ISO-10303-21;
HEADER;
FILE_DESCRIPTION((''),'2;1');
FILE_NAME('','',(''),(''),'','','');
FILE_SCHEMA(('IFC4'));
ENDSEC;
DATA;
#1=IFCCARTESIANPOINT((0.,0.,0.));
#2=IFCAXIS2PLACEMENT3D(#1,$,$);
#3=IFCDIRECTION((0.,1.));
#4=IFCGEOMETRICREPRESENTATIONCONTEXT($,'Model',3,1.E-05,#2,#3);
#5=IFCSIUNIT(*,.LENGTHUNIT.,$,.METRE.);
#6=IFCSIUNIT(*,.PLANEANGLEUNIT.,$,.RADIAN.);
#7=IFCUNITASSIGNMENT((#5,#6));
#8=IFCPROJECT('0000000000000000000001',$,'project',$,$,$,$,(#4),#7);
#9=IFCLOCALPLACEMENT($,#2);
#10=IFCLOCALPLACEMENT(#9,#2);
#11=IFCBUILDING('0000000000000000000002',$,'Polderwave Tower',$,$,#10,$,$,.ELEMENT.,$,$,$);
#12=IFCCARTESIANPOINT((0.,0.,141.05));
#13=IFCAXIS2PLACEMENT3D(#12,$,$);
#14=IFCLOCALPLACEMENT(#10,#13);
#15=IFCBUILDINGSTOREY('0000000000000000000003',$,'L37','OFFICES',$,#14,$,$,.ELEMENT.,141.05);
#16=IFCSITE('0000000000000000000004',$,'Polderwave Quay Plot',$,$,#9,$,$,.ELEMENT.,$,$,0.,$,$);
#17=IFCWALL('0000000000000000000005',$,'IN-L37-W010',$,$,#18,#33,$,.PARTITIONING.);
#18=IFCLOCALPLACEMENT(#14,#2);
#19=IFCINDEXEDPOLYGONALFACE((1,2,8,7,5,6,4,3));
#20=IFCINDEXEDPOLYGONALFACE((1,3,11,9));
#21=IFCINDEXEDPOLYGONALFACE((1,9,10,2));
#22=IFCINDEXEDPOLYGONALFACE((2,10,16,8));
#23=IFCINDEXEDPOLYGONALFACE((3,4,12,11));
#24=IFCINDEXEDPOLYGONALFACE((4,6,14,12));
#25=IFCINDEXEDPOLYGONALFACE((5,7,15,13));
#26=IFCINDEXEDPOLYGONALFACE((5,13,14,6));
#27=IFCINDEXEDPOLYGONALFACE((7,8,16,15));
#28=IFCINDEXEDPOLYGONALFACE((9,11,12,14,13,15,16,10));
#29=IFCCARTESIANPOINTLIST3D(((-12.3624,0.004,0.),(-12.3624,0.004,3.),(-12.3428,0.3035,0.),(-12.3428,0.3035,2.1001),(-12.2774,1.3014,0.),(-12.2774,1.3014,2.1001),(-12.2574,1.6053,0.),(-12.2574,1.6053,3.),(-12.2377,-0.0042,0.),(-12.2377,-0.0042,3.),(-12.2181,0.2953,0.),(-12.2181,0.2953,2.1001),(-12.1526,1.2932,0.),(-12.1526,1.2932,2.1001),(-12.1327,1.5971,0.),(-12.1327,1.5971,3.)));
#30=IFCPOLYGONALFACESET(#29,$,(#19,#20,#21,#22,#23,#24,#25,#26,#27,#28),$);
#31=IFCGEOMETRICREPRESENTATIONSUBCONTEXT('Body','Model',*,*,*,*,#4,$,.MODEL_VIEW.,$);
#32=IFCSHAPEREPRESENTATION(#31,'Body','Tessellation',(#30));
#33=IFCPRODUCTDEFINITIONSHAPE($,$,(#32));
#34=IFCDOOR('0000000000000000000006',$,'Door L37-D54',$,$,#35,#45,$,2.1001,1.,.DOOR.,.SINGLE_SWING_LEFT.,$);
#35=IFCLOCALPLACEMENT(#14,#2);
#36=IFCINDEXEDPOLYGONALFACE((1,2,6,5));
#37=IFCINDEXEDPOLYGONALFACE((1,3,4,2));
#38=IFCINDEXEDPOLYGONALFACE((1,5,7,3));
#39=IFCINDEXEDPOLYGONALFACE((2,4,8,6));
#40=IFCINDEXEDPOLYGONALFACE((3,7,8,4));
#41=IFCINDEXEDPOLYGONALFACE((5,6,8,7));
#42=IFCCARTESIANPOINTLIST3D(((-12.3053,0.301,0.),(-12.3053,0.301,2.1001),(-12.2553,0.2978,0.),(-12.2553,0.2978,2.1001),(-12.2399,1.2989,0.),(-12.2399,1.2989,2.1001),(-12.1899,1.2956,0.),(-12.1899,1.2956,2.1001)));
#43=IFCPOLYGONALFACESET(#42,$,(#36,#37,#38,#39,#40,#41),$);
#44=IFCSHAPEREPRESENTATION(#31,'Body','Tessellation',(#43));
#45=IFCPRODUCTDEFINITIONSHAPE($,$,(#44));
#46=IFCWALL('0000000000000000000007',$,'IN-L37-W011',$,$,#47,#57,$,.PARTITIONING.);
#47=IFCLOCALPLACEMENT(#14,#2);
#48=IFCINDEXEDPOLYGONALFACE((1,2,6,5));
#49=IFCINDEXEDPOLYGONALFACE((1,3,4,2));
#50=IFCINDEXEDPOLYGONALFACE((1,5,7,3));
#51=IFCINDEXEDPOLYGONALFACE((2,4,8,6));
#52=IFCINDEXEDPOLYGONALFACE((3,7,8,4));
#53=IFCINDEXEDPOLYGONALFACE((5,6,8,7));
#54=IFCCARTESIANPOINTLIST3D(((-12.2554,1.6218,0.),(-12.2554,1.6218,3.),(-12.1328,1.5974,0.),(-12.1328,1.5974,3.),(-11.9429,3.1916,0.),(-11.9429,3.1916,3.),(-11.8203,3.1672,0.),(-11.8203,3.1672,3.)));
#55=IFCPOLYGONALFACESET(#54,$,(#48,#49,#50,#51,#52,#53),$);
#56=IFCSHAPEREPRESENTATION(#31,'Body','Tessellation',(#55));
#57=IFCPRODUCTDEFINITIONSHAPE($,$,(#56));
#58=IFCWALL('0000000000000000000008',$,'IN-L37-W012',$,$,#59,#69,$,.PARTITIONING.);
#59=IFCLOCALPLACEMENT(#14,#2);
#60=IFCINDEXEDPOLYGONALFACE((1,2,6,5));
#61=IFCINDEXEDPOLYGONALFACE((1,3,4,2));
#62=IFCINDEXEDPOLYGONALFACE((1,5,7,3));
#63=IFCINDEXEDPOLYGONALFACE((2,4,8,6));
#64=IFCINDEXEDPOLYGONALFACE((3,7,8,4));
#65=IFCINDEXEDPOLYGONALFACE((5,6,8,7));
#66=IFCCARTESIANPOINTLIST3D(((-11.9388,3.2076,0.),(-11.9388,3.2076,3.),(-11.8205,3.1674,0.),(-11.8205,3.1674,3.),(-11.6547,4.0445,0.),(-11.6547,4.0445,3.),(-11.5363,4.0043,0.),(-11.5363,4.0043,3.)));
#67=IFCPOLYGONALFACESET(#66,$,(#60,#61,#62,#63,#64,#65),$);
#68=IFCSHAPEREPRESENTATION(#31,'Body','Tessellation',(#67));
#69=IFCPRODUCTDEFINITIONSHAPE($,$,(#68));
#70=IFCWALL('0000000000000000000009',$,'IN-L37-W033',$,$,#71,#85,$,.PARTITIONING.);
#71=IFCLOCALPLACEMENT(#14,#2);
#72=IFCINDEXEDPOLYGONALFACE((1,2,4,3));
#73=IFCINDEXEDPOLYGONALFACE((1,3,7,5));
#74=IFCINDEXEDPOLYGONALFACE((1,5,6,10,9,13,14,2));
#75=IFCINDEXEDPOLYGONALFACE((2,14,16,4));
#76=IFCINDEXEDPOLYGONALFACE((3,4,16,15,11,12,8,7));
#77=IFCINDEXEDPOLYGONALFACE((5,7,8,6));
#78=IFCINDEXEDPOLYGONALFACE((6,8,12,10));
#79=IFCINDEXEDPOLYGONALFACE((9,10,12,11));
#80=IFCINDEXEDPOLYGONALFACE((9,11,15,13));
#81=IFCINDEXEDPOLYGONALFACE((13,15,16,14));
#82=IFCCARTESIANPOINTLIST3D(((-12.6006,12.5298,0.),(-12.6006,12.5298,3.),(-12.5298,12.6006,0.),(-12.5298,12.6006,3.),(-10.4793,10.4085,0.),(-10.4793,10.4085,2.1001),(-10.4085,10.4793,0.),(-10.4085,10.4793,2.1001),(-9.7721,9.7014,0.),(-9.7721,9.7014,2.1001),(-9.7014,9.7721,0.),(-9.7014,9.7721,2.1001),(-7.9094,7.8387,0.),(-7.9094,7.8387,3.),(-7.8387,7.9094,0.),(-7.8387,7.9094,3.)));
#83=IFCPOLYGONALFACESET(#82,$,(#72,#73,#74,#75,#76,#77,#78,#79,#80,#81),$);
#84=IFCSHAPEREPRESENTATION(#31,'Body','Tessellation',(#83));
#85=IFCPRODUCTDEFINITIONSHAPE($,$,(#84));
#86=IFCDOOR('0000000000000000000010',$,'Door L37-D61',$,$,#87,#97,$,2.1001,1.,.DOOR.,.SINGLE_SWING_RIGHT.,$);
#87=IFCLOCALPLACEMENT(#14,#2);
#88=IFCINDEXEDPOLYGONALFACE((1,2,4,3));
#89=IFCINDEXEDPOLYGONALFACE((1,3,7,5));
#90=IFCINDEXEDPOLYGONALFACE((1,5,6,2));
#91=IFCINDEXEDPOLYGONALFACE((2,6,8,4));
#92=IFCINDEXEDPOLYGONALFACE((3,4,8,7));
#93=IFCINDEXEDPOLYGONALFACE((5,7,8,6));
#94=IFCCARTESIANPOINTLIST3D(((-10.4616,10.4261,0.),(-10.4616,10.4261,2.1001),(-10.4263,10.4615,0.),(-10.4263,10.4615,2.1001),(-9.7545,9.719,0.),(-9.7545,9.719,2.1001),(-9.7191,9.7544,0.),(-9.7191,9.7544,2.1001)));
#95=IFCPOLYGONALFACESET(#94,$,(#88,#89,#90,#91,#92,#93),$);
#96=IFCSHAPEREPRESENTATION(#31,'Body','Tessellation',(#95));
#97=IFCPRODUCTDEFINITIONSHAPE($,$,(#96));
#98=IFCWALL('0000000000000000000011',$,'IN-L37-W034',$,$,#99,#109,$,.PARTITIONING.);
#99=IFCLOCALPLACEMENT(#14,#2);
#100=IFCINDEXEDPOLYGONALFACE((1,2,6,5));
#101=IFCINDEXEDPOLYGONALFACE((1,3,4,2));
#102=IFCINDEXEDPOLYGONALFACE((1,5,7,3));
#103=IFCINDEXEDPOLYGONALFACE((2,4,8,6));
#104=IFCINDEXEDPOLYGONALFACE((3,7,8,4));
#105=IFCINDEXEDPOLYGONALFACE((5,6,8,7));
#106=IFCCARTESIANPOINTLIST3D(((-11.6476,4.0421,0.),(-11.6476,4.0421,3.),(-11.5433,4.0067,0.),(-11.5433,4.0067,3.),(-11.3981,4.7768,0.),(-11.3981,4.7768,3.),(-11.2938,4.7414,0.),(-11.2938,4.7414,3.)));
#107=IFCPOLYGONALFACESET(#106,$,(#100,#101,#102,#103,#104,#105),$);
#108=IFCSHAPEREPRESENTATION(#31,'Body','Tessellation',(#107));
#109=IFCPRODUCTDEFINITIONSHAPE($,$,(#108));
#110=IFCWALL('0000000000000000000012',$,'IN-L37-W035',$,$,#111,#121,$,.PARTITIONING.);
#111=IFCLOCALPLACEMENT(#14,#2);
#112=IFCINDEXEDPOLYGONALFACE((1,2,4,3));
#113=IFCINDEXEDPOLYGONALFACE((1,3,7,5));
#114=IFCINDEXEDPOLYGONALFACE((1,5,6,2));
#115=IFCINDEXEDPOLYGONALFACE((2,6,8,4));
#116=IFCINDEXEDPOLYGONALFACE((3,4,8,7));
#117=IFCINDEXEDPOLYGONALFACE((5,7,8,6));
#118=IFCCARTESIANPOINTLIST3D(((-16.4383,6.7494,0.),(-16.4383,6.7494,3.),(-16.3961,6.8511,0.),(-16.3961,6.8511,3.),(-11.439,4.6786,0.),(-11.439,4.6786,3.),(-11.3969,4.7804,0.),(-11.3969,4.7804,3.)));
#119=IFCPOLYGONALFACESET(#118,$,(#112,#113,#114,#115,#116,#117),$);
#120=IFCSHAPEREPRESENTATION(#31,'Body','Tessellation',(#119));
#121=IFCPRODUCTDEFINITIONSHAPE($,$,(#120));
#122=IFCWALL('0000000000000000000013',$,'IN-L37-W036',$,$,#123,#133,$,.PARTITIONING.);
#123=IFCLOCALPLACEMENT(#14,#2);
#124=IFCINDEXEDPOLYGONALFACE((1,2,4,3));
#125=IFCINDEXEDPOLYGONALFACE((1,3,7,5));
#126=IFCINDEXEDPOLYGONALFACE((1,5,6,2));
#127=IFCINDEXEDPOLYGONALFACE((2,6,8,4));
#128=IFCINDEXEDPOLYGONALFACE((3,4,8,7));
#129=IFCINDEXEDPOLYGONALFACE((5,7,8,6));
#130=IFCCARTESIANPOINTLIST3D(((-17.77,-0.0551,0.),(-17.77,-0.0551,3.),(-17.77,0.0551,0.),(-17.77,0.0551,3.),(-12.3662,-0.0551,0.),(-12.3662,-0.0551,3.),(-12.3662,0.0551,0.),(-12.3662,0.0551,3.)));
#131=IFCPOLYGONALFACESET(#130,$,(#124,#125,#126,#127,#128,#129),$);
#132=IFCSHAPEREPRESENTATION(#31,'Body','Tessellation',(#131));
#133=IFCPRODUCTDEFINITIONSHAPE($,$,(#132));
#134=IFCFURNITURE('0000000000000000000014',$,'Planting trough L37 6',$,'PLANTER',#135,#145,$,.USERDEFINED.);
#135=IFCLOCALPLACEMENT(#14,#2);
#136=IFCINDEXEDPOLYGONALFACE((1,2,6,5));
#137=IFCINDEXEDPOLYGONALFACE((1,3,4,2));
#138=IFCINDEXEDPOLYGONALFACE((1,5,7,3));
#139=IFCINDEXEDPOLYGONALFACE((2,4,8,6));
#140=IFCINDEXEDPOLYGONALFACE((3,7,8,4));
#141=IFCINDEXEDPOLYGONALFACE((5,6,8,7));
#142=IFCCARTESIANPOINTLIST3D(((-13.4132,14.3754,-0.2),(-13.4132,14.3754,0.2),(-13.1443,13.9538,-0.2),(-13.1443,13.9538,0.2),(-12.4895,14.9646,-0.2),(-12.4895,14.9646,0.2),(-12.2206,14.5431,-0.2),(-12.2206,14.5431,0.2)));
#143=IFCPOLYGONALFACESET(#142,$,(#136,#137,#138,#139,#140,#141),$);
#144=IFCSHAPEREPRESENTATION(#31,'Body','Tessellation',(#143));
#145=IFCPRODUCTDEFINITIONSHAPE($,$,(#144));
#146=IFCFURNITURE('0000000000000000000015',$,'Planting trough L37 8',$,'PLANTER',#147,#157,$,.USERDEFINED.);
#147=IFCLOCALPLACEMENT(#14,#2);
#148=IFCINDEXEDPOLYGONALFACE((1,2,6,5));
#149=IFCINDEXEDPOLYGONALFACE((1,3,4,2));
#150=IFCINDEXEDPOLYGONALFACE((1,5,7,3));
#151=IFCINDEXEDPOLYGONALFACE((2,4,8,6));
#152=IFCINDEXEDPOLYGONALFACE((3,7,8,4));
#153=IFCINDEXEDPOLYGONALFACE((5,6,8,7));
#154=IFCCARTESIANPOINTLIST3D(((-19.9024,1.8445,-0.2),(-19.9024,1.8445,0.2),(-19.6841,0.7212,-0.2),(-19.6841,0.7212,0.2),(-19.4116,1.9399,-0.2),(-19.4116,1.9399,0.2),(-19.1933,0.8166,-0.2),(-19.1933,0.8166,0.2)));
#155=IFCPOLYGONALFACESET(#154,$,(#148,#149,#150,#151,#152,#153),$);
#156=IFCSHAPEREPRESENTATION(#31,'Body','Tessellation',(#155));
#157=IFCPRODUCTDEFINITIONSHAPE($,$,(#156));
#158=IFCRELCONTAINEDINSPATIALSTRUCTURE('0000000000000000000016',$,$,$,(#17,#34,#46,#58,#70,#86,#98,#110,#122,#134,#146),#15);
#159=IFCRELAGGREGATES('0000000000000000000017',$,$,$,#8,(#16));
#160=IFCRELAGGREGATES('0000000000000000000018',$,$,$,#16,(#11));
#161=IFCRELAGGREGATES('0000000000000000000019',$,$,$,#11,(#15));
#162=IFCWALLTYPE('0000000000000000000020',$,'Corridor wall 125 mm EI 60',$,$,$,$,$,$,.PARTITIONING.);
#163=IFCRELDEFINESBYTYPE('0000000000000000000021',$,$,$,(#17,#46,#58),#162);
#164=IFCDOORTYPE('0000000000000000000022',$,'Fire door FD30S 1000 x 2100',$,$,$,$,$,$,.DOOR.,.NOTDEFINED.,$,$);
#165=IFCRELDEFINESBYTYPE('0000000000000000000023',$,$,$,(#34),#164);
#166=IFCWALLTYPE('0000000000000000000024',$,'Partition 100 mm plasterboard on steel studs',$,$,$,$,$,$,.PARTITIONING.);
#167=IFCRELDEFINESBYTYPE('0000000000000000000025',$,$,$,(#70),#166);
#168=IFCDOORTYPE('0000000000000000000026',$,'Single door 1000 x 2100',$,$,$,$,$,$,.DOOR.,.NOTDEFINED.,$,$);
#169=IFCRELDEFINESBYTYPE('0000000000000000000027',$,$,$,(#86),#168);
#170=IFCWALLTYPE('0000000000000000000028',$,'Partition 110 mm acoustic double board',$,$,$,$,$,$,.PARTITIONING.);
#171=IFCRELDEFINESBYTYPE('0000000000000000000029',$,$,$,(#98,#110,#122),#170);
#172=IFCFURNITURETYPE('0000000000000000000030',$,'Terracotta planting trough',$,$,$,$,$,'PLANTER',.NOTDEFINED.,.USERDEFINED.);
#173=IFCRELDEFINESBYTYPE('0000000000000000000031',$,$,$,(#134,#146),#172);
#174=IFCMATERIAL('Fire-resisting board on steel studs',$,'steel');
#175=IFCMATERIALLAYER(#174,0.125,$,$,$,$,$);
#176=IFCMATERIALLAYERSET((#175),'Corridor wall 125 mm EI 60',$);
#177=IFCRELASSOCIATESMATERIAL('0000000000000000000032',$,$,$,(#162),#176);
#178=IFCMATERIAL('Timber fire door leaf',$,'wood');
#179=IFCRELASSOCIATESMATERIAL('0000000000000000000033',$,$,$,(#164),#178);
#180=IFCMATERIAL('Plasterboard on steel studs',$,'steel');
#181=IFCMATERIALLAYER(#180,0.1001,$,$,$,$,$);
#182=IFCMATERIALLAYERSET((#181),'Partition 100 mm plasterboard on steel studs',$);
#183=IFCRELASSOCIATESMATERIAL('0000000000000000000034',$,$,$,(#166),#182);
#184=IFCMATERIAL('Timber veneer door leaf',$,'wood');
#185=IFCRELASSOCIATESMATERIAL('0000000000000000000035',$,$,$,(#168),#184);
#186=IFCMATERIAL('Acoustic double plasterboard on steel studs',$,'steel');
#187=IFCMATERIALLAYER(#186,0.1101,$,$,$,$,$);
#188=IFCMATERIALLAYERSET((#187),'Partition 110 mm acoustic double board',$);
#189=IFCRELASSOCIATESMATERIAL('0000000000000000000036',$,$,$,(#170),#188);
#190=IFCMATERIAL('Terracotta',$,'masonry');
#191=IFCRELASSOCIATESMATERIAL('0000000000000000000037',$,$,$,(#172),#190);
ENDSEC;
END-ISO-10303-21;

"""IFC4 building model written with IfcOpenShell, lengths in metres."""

from ifc_helpers import new_model, si_unit, direction, frame, frame_2d, origin, origin_2d, place, context, subcontext, project, spatial, rectangle, extrude, material, layer, layer_set, type_object, element, fill, save


model = new_model("IFC4")

# Units and contexts
model_context = context("Model", 3, precision=1e-05, world=origin(), true_north=direction((0.0, 1.0)))
body_context = subcontext(model_context, "Body", "Model", "MODEL_VIEW")
ifc_project = project(units=[si_unit("LENGTHUNIT", "METRE"), si_unit("PLANEANGLEUNIT", "RADIAN")], contexts=[model_context])

# Site, building, storey
site_placement = place(None, origin())
site = spatial("IfcSite", under=ifc_project, at=site_placement, Name="Polderwave Quay Plot", CompositionType="ELEMENT", RefElevation=0.0)
building_placement = place(site_placement, origin())
building = spatial("IfcBuilding", under=site, at=building_placement, Name="Polderwave Tower", CompositionType="ELEMENT")
storey_placement = place(building_placement, frame((0.0, 0.0, 141.05)))
storey = spatial("IfcBuildingStorey", under=building, at=storey_placement, Name="L37", Description="OFFICES", CompositionType="ELEMENT", Elevation=141.05)

# Wall, opening, door
ifc_material_1 = material(Name="Fire-resisting board on steel studs", Category="steel")
ifc_layer_1 = layer(ifc_material_1, 0.125)
ifc_layer_set_1 = layer_set([ifc_layer_1], Name="Corridor wall 125 mm EI 60")
wall_type_1 = type_object("IfcWallType", Name="Corridor wall 125 mm EI 60", PredefinedType="PARTITIONING", material=ifc_layer_set_1)
ifc_material_2 = material(Name="Timber fire door leaf", Category="wood")
door_type_1 = type_object("IfcDoorType", Name="Fire door FD30S 1000 x 2100", OperationType="NOTDEFINED", PredefinedType="DOOR", material=ifc_material_2)
wall_1_placement = place(storey_placement, frame((-12.3, 0.0, 0.0), z_axis=(0.0, 0.0, 1.0), x_axis=(0.065418, 0.997858, 0.0)))
wall_1 = element("IfcWall", 1, at=wall_1_placement, inside=storey, type_object=wall_type_1, Name="IN-L37-W010", PredefinedType="PARTITIONING", context=body_context, shape_type="SweptSolid", body=[
    extrude(rectangle(XDim=1.6047, YDim=0.125, at=frame_2d((0.8022, 0.0))), origin(), (0.0, 0.0, 1.0), 3.0),
])
opening_1_placement = place(wall_1_placement, frame((0.3, 0.0, 0.0)))
opening_1 = element("IfcOpeningElement", 2, at=opening_1_placement, cuts=wall_1, PredefinedType="OPENING", context=body_context, shape_type="SweptSolid", body=[
    extrude(rectangle(XDim=1.0, YDim=2.1001, at=frame_2d((0.5, 1.05))), frame((0.0, 0.0725, 0.0), z_axis=(0.0, -1.0, 0.0), x_axis=(1.0, 0.0, 0.0)), (0.0, 0.0, 1.0), 0.145),
])
door_1_placement = place(opening_1_placement, origin())
door_1 = element("IfcDoor", 3, at=door_1_placement, inside=storey, type_object=door_type_1, Name="Door L37-D54", OperationType="SINGLE_SWING_LEFT", OverallHeight=2.1001, OverallWidth=1.0, PredefinedType="DOOR", context=body_context, shape_type="SweptSolid", body=[
    extrude(rectangle(XDim=1.0, YDim=2.1001, at=frame_2d((0.5, 1.05))), frame((0.0, 0.0249, 0.0), z_axis=(0.0, -1.0, 0.0), x_axis=(1.0, 0.0, 0.0)), (0.0, 0.0, 1.0), 0.05),
])
fill(opening_1, door_1)

# Walls
wall_2_placement = place(storey_placement, frame((-12.1941, 1.6096, 0.0), z_axis=(0.0, 0.0, 1.0), x_axis=(0.195236, 0.980756, 0.0)))
element("IfcWall", 4, at=wall_2_placement, inside=storey, type_object=wall_type_1, Name="IN-L37-W011", PredefinedType="PARTITIONING", context=body_context, shape_type="SweptSolid", body=[
    extrude(rectangle(XDim=1.6006, YDim=0.125, at=frame_2d((0.8003, 0.0))), origin(), (0.0, 0.0, 1.0), 3.0),
])
wall_3_placement = place(storey_placement, frame((-11.8796, 3.1875, 0.0), z_axis=(0.0, 0.0, 1.0), x_axis=(0.321526, 0.946901, 0.0)))
element("IfcWall", 5, at=wall_3_placement, inside=storey, type_object=wall_type_1, Name="IN-L37-W012", PredefinedType="PARTITIONING", context=body_context, shape_type="SweptSolid", body=[
    extrude(rectangle(XDim=0.8838, YDim=0.125, at=frame_2d((0.4419, 0.0))), origin(), (0.0, 0.0, 1.0), 3.0),
])

# Wall, opening, door
ifc_material_3 = material(Name="Plasterboard on steel studs", Category="steel")
ifc_layer_2 = layer(ifc_material_3, 0.1001)
ifc_layer_set_2 = layer_set([ifc_layer_2], Name="Partition 100 mm plasterboard on steel studs")
wall_type_2 = type_object("IfcWallType", Name="Partition 100 mm plasterboard on steel studs", PredefinedType="PARTITIONING", material=ifc_layer_set_2)
wall_4_placement = place(storey_placement, frame((-12.5652, 12.5652, 0.0), z_axis=(0.0, 0.0, 1.0), x_axis=(0.707107, -0.707107, 0.0)))
wall_4 = element("IfcWall", 6, at=wall_4_placement, inside=storey, type_object=wall_type_2, Name="IN-L37-W033", PredefinedType="PARTITIONING", context=body_context, shape_type="SweptSolid", body=[
    extrude(rectangle(XDim=6.6343, YDim=0.1001, at=frame_2d((3.3171, 0.0))), origin(), (0.0, 0.0, 1.0), 3.0),
])
opening_2_placement = place(wall_4_placement, frame((3.0, 0.0, 0.0)))
opening_2 = element("IfcOpeningElement", 7, at=opening_2_placement, cuts=wall_4, PredefinedType="OPENING", context=body_context, shape_type="SweptSolid", body=[
    extrude(rectangle(XDim=1.0, YDim=2.1001, at=frame_2d((0.5, 1.05))), frame((0.0, 0.0601, 0.0), z_axis=(0.0, -1.0, 0.0), x_axis=(1.0, 0.0, 0.0)), (0.0, 0.0, 1.0), 0.1201),
])
ifc_material_4 = material(Name="Timber veneer door leaf", Category="wood")
door_type_2 = type_object("IfcDoorType", Name="Single door 1000 x 2100", OperationType="NOTDEFINED", PredefinedType="DOOR", material=ifc_material_4)
door_2_placement = place(opening_2_placement, origin())
door_2 = element("IfcDoor", 8, at=door_2_placement, inside=storey, type_object=door_type_2, Name="Door L37-D61", OperationType="SINGLE_SWING_RIGHT", OverallHeight=2.1001, OverallWidth=1.0, PredefinedType="DOOR", context=body_context, shape_type="SweptSolid", body=[
    extrude(rectangle(XDim=1.0, YDim=2.1001, at=frame_2d((0.5, 1.05))), frame((0.0, 0.0249, 0.0), z_axis=(0.0, -1.0, 0.0), x_axis=(1.0, 0.0, 0.0)), (0.0, 0.0, 1.0), 0.05),
])
fill(opening_2, door_2)

# Walls
ifc_material_5 = material(Name="Acoustic double plasterboard on steel studs", Category="steel")
ifc_layer_3 = layer(ifc_material_5, 0.1101)
ifc_layer_set_3 = layer_set([ifc_layer_3], Name="Partition 110 mm acoustic double board")
wall_type_3 = type_object("IfcWallType", Name="Partition 110 mm acoustic double board", PredefinedType="PARTITIONING", material=ifc_layer_set_3)
wall_5_placement = place(storey_placement, frame((-11.5955, 4.0244, 0.0), z_axis=(0.0, 0.0, 1.0), x_axis=(0.321604, 0.946874, 0.0)))
element("IfcWall", 9, at=wall_5_placement, inside=storey, type_object=wall_type_3, Name="IN-L37-W034", PredefinedType="PARTITIONING", context=body_context, shape_type="SweptSolid", body=[
    extrude(rectangle(XDim=0.7759, YDim=0.1101, at=frame_2d((0.3879, 0.0))), origin(), (0.0, 0.0, 1.0), 3.0),
])
wall_6_placement = place(storey_placement, frame((-11.418, 4.7295, 0.0), z_axis=(0.0, 0.0, 1.0), x_axis=(-0.923877, 0.382689, 0.0)))
element("IfcWall", 10, at=wall_6_placement, inside=storey, type_object=wall_type_3, Name="IN-L37-W035", PredefinedType="PARTITIONING", context=body_context, shape_type="SweptSolid", body=[
    extrude(rectangle(XDim=5.4111, YDim=0.1101, at=frame_2d((2.7056, 0.0))), origin(), (0.0, 0.0, 1.0), 3.0),
])
wall_7_placement = place(storey_placement, frame((-12.3662, 0.0, 0.0), z_axis=(0.0, 0.0, 1.0), x_axis=(-1.0, 0.0, 0.0)))
element("IfcWall", 11, at=wall_7_placement, inside=storey, type_object=wall_type_3, Name="IN-L37-W036", PredefinedType="PARTITIONING", context=body_context, shape_type="SweptSolid", body=[
    extrude(rectangle(XDim=5.4038, YDim=0.1101, at=frame_2d((2.7019, 0.0))), origin(), (0.0, 0.0, 1.0), 3.0),
])

# Furniture
ifc_material_6 = material(Name="Terracotta", Category="masonry")
furniture_type = type_object("IfcFurnitureType", Name="Terracotta planting trough", ElementType="PLANTER", AssemblyPlace="NOTDEFINED", PredefinedType="USERDEFINED", material=ifc_material_6)
furniture_1_placement = place(storey_placement, frame((-12.8169, 14.4592, -0.2), z_axis=(0.0, 0.0, 1.0), x_axis=(-0.843069, -0.537806, 0.0)))
element("IfcFurniture", 12, at=furniture_1_placement, inside=storey, type_object=furniture_type, Name="Planting trough L37 6", ObjectType="PLANTER", PredefinedType="USERDEFINED", context=body_context, shape_type="SweptSolid", body=[
    extrude(rectangle(XDim=1.0957, YDim=0.5, at=origin_2d()), origin(), (0.0, 0.0, 1.0), 0.3999),
])
furniture_2_placement = place(storey_placement, frame((-19.5479, 1.3306, -0.2), z_axis=(0.0, 0.0, 1.0), x_axis=(0.190795, -0.98163, 0.0)))
element("IfcFurniture", 13, at=furniture_2_placement, inside=storey, type_object=furniture_type, Name="Planting trough L37 8", ObjectType="PLANTER", PredefinedType="USERDEFINED", context=body_context, shape_type="SweptSolid", body=[
    extrude(rectangle(XDim=1.1443, YDim=0.5, at=origin_2d()), origin(), (0.0, 0.0, 1.0), 0.3999),
])

save(model, "model.ifc")
